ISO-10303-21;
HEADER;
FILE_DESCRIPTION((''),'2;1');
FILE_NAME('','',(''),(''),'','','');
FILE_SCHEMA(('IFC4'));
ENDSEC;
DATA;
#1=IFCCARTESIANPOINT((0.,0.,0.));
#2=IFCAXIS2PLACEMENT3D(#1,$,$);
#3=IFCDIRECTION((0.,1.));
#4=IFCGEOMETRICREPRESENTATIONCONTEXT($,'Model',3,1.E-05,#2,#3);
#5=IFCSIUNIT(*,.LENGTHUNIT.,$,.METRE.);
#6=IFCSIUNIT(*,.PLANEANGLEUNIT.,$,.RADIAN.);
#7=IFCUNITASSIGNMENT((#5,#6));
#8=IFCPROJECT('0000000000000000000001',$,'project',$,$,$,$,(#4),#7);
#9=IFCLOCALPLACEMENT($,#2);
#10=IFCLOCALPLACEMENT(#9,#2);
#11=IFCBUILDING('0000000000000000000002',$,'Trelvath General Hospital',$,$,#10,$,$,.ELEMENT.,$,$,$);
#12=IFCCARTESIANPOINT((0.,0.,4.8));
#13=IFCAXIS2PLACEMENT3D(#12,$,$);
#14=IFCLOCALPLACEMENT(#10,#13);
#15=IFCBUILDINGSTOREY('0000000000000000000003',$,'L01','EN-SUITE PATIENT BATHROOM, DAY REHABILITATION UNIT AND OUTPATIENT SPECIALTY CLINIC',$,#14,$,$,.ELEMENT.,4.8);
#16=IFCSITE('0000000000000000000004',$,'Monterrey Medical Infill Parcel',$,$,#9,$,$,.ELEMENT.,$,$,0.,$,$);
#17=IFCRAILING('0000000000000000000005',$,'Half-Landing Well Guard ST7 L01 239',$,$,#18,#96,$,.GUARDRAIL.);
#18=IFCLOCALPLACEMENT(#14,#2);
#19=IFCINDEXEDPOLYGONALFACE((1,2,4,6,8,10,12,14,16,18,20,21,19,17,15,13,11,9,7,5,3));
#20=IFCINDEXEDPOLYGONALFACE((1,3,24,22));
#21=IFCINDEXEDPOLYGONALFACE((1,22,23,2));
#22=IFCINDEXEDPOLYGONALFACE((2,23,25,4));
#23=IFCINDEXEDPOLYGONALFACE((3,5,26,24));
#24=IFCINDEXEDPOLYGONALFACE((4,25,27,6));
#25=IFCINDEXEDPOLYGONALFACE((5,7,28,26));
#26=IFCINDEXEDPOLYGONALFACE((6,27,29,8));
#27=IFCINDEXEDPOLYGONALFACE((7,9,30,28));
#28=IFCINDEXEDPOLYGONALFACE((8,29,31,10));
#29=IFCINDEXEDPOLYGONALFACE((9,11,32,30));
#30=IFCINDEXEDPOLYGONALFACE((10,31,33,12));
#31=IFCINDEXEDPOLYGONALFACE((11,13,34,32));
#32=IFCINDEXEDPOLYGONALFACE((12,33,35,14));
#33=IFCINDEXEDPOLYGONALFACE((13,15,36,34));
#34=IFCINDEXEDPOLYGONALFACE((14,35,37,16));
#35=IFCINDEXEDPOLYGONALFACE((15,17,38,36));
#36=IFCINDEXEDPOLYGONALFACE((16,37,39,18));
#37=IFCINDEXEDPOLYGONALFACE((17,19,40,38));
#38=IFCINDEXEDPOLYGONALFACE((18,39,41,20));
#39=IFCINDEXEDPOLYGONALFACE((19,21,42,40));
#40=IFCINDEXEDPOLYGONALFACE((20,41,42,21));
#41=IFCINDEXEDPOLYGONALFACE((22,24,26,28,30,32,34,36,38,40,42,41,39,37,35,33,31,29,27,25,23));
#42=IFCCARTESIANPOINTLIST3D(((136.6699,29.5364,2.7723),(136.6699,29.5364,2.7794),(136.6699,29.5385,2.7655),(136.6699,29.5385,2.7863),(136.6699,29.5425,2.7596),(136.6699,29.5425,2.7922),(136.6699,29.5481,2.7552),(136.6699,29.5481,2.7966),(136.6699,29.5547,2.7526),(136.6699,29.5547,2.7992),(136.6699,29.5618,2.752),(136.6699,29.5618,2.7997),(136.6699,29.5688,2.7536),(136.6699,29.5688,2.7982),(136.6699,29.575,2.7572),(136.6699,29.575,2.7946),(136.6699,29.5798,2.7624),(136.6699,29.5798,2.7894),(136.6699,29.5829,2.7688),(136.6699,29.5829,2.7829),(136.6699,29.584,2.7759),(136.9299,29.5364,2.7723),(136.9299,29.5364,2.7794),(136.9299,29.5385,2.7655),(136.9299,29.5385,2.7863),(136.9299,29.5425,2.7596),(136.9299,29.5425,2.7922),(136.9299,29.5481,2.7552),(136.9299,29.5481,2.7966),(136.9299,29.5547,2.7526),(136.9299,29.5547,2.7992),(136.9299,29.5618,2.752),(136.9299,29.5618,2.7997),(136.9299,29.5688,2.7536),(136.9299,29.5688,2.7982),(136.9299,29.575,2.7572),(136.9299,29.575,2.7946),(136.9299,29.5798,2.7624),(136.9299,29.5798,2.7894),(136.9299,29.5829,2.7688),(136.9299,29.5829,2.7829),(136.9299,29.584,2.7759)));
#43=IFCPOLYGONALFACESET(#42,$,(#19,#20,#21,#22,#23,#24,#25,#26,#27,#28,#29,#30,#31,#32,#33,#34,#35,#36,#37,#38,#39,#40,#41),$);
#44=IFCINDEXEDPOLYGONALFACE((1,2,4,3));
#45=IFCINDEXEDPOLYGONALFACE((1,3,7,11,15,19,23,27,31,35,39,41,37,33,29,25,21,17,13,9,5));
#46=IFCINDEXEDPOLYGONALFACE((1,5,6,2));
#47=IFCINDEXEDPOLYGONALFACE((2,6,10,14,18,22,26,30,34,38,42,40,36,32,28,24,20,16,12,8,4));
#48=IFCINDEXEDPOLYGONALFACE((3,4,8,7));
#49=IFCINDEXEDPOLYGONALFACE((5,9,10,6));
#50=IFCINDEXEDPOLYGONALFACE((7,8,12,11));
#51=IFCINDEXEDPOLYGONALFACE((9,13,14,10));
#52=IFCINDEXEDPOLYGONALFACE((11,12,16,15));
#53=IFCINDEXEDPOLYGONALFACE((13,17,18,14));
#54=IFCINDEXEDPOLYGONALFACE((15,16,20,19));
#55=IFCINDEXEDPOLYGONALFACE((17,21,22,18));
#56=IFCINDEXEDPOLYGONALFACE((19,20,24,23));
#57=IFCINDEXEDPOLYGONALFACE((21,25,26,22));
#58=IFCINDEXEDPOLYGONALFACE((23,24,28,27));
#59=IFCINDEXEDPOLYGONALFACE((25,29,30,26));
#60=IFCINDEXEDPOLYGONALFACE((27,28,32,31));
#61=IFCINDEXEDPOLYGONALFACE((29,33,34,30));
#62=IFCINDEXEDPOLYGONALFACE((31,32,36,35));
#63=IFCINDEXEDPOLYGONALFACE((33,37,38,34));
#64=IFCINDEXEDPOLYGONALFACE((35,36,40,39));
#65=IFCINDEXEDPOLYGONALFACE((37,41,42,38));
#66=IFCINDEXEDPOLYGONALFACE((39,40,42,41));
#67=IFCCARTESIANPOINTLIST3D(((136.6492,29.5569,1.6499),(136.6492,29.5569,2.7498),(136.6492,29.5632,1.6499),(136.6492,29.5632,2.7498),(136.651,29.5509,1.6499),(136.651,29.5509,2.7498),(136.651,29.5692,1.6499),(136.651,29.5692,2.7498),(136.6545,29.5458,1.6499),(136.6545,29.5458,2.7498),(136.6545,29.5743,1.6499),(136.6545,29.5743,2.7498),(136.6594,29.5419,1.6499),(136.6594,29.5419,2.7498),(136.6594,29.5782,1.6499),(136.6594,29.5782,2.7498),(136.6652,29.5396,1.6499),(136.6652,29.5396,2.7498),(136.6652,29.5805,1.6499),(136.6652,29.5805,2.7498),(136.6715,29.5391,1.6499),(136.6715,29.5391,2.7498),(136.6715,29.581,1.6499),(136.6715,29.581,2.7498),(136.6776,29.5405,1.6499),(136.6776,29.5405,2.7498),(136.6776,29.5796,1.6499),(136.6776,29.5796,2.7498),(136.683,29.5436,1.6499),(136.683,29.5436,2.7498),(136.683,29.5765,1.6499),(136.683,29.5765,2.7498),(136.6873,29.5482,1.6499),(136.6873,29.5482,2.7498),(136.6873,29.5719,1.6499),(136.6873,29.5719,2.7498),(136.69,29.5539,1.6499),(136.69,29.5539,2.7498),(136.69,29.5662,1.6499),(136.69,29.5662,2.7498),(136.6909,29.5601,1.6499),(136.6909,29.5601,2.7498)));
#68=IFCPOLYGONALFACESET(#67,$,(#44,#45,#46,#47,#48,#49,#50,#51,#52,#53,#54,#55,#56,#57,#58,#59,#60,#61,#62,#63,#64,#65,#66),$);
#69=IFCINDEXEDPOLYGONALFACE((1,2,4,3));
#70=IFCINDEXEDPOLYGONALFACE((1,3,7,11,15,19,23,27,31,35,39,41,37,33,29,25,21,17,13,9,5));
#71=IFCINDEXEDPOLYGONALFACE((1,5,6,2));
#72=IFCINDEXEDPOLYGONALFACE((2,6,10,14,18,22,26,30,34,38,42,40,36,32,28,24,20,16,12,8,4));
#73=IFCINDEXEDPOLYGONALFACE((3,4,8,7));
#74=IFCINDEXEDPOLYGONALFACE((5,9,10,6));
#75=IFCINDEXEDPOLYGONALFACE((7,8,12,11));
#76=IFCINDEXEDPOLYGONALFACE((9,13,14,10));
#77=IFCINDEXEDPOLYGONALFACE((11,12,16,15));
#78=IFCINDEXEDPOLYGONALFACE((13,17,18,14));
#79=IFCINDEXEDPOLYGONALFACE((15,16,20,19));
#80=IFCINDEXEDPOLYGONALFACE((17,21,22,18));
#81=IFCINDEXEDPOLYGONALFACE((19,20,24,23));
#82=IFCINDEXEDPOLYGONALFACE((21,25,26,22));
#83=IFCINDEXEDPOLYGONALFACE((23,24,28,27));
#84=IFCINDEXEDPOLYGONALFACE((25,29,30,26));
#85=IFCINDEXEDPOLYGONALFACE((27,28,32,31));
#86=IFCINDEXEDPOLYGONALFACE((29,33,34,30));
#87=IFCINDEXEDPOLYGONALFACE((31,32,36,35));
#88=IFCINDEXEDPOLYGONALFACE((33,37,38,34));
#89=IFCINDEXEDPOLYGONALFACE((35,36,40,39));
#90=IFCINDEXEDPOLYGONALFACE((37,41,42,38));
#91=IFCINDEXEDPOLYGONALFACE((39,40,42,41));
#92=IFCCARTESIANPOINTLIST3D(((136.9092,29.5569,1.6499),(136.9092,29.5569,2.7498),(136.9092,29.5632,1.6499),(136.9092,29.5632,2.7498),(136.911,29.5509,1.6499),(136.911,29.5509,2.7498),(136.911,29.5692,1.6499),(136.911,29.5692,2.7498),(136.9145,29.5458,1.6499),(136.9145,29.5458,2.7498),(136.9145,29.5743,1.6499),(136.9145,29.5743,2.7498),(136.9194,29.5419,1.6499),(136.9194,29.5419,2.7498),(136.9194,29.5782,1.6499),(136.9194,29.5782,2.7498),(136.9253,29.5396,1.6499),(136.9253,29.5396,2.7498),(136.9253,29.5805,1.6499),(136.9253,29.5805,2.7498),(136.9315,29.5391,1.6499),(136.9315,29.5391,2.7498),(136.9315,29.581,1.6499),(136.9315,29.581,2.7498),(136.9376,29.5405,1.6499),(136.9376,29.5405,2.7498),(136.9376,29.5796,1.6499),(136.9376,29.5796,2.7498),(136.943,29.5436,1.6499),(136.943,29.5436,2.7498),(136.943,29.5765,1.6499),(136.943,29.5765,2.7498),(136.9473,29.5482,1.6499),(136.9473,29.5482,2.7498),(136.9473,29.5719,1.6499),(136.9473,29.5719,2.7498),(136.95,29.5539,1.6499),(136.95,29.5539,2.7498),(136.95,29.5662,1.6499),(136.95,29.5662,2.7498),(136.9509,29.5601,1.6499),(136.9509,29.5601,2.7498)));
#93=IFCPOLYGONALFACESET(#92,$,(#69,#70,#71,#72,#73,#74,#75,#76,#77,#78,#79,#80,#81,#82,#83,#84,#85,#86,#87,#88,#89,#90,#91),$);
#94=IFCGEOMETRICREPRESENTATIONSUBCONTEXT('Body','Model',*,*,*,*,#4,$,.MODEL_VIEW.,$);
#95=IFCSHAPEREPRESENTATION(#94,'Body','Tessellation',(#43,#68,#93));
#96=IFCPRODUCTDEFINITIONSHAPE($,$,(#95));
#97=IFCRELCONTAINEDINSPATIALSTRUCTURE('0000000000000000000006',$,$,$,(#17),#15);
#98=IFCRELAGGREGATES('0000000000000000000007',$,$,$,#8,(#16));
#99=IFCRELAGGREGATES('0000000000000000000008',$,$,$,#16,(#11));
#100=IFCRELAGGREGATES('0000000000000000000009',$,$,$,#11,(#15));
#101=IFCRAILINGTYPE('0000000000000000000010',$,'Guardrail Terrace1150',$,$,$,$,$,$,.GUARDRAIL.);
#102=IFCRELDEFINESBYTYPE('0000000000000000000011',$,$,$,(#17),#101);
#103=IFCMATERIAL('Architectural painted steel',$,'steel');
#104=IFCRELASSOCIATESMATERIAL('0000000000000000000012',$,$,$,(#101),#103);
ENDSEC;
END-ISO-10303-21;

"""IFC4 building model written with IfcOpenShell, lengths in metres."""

from ifc_helpers import new_model, si_unit, direction, frame, origin, origin_2d, place, context, subcontext, project, spatial, circle, extrude, material, type_object, element, save


model = new_model("IFC4")

# Units and contexts
model_context = context("Model", 3, precision=1e-05, world=origin(), true_north=direction((0.0, 1.0)))
body_context = subcontext(model_context, "Body", "Model", "MODEL_VIEW")
ifc_project = project(units=[si_unit("LENGTHUNIT", "METRE"), si_unit("PLANEANGLEUNIT", "RADIAN")], contexts=[model_context])

# Site, building, storey
site_placement = place(None, origin())
site = spatial("IfcSite", under=ifc_project, at=site_placement, Name="Monterrey Medical Infill Parcel", CompositionType="ELEMENT", RefElevation=0.0)
building_placement = place(site_placement, origin())
building = spatial("IfcBuilding", under=site, at=building_placement, Name="Trelvath General Hospital", CompositionType="ELEMENT")
storey_placement = place(building_placement, frame((0.0, 0.0, 4.8)))
storey = spatial("IfcBuildingStorey", under=building, at=storey_placement, Name="L01", Description="EN-SUITE PATIENT BATHROOM, DAY REHABILITATION UNIT AND OUTPATIENT SPECIALTY CLINIC", CompositionType="ELEMENT", Elevation=4.8)

# Railing
ifc_material_1 = material(Name="Architectural painted steel", Category="steel")
railing_type_1 = type_object("IfcRailingType", Name="Guardrail Terrace1150", PredefinedType="GUARDRAIL", material=ifc_material_1)
railing_1_placement = place(storey_placement, frame((136.6699, 29.5601, 1.6499)))
element("IfcRailing", 1, at=railing_1_placement, inside=storey, type_object=railing_type_1, Name="Half-Landing Well Guard ST7 L01 239", PredefinedType="GUARDRAIL", context=body_context, shape_type="SweptSolid", body=[
    extrude(circle(Radius=0.0239, at=origin_2d()), frame((0.0, 0.0, 1.126), z_axis=(1.0, 0.0, 0.0), x_axis=(0.0, 1.0, 0.0)), (0.0, 0.0, 1.0), 0.26),
    extrude(circle(Radius=0.021, at=origin_2d()), origin(), (0.0, 0.0, 1.0), 1.0999),
    extrude(circle(Radius=0.021, at=origin_2d()), frame((0.26, 0.0, 0.0)), (0.0, 0.0, 1.0), 1.0999),
])

save(model, "model.ifc")
